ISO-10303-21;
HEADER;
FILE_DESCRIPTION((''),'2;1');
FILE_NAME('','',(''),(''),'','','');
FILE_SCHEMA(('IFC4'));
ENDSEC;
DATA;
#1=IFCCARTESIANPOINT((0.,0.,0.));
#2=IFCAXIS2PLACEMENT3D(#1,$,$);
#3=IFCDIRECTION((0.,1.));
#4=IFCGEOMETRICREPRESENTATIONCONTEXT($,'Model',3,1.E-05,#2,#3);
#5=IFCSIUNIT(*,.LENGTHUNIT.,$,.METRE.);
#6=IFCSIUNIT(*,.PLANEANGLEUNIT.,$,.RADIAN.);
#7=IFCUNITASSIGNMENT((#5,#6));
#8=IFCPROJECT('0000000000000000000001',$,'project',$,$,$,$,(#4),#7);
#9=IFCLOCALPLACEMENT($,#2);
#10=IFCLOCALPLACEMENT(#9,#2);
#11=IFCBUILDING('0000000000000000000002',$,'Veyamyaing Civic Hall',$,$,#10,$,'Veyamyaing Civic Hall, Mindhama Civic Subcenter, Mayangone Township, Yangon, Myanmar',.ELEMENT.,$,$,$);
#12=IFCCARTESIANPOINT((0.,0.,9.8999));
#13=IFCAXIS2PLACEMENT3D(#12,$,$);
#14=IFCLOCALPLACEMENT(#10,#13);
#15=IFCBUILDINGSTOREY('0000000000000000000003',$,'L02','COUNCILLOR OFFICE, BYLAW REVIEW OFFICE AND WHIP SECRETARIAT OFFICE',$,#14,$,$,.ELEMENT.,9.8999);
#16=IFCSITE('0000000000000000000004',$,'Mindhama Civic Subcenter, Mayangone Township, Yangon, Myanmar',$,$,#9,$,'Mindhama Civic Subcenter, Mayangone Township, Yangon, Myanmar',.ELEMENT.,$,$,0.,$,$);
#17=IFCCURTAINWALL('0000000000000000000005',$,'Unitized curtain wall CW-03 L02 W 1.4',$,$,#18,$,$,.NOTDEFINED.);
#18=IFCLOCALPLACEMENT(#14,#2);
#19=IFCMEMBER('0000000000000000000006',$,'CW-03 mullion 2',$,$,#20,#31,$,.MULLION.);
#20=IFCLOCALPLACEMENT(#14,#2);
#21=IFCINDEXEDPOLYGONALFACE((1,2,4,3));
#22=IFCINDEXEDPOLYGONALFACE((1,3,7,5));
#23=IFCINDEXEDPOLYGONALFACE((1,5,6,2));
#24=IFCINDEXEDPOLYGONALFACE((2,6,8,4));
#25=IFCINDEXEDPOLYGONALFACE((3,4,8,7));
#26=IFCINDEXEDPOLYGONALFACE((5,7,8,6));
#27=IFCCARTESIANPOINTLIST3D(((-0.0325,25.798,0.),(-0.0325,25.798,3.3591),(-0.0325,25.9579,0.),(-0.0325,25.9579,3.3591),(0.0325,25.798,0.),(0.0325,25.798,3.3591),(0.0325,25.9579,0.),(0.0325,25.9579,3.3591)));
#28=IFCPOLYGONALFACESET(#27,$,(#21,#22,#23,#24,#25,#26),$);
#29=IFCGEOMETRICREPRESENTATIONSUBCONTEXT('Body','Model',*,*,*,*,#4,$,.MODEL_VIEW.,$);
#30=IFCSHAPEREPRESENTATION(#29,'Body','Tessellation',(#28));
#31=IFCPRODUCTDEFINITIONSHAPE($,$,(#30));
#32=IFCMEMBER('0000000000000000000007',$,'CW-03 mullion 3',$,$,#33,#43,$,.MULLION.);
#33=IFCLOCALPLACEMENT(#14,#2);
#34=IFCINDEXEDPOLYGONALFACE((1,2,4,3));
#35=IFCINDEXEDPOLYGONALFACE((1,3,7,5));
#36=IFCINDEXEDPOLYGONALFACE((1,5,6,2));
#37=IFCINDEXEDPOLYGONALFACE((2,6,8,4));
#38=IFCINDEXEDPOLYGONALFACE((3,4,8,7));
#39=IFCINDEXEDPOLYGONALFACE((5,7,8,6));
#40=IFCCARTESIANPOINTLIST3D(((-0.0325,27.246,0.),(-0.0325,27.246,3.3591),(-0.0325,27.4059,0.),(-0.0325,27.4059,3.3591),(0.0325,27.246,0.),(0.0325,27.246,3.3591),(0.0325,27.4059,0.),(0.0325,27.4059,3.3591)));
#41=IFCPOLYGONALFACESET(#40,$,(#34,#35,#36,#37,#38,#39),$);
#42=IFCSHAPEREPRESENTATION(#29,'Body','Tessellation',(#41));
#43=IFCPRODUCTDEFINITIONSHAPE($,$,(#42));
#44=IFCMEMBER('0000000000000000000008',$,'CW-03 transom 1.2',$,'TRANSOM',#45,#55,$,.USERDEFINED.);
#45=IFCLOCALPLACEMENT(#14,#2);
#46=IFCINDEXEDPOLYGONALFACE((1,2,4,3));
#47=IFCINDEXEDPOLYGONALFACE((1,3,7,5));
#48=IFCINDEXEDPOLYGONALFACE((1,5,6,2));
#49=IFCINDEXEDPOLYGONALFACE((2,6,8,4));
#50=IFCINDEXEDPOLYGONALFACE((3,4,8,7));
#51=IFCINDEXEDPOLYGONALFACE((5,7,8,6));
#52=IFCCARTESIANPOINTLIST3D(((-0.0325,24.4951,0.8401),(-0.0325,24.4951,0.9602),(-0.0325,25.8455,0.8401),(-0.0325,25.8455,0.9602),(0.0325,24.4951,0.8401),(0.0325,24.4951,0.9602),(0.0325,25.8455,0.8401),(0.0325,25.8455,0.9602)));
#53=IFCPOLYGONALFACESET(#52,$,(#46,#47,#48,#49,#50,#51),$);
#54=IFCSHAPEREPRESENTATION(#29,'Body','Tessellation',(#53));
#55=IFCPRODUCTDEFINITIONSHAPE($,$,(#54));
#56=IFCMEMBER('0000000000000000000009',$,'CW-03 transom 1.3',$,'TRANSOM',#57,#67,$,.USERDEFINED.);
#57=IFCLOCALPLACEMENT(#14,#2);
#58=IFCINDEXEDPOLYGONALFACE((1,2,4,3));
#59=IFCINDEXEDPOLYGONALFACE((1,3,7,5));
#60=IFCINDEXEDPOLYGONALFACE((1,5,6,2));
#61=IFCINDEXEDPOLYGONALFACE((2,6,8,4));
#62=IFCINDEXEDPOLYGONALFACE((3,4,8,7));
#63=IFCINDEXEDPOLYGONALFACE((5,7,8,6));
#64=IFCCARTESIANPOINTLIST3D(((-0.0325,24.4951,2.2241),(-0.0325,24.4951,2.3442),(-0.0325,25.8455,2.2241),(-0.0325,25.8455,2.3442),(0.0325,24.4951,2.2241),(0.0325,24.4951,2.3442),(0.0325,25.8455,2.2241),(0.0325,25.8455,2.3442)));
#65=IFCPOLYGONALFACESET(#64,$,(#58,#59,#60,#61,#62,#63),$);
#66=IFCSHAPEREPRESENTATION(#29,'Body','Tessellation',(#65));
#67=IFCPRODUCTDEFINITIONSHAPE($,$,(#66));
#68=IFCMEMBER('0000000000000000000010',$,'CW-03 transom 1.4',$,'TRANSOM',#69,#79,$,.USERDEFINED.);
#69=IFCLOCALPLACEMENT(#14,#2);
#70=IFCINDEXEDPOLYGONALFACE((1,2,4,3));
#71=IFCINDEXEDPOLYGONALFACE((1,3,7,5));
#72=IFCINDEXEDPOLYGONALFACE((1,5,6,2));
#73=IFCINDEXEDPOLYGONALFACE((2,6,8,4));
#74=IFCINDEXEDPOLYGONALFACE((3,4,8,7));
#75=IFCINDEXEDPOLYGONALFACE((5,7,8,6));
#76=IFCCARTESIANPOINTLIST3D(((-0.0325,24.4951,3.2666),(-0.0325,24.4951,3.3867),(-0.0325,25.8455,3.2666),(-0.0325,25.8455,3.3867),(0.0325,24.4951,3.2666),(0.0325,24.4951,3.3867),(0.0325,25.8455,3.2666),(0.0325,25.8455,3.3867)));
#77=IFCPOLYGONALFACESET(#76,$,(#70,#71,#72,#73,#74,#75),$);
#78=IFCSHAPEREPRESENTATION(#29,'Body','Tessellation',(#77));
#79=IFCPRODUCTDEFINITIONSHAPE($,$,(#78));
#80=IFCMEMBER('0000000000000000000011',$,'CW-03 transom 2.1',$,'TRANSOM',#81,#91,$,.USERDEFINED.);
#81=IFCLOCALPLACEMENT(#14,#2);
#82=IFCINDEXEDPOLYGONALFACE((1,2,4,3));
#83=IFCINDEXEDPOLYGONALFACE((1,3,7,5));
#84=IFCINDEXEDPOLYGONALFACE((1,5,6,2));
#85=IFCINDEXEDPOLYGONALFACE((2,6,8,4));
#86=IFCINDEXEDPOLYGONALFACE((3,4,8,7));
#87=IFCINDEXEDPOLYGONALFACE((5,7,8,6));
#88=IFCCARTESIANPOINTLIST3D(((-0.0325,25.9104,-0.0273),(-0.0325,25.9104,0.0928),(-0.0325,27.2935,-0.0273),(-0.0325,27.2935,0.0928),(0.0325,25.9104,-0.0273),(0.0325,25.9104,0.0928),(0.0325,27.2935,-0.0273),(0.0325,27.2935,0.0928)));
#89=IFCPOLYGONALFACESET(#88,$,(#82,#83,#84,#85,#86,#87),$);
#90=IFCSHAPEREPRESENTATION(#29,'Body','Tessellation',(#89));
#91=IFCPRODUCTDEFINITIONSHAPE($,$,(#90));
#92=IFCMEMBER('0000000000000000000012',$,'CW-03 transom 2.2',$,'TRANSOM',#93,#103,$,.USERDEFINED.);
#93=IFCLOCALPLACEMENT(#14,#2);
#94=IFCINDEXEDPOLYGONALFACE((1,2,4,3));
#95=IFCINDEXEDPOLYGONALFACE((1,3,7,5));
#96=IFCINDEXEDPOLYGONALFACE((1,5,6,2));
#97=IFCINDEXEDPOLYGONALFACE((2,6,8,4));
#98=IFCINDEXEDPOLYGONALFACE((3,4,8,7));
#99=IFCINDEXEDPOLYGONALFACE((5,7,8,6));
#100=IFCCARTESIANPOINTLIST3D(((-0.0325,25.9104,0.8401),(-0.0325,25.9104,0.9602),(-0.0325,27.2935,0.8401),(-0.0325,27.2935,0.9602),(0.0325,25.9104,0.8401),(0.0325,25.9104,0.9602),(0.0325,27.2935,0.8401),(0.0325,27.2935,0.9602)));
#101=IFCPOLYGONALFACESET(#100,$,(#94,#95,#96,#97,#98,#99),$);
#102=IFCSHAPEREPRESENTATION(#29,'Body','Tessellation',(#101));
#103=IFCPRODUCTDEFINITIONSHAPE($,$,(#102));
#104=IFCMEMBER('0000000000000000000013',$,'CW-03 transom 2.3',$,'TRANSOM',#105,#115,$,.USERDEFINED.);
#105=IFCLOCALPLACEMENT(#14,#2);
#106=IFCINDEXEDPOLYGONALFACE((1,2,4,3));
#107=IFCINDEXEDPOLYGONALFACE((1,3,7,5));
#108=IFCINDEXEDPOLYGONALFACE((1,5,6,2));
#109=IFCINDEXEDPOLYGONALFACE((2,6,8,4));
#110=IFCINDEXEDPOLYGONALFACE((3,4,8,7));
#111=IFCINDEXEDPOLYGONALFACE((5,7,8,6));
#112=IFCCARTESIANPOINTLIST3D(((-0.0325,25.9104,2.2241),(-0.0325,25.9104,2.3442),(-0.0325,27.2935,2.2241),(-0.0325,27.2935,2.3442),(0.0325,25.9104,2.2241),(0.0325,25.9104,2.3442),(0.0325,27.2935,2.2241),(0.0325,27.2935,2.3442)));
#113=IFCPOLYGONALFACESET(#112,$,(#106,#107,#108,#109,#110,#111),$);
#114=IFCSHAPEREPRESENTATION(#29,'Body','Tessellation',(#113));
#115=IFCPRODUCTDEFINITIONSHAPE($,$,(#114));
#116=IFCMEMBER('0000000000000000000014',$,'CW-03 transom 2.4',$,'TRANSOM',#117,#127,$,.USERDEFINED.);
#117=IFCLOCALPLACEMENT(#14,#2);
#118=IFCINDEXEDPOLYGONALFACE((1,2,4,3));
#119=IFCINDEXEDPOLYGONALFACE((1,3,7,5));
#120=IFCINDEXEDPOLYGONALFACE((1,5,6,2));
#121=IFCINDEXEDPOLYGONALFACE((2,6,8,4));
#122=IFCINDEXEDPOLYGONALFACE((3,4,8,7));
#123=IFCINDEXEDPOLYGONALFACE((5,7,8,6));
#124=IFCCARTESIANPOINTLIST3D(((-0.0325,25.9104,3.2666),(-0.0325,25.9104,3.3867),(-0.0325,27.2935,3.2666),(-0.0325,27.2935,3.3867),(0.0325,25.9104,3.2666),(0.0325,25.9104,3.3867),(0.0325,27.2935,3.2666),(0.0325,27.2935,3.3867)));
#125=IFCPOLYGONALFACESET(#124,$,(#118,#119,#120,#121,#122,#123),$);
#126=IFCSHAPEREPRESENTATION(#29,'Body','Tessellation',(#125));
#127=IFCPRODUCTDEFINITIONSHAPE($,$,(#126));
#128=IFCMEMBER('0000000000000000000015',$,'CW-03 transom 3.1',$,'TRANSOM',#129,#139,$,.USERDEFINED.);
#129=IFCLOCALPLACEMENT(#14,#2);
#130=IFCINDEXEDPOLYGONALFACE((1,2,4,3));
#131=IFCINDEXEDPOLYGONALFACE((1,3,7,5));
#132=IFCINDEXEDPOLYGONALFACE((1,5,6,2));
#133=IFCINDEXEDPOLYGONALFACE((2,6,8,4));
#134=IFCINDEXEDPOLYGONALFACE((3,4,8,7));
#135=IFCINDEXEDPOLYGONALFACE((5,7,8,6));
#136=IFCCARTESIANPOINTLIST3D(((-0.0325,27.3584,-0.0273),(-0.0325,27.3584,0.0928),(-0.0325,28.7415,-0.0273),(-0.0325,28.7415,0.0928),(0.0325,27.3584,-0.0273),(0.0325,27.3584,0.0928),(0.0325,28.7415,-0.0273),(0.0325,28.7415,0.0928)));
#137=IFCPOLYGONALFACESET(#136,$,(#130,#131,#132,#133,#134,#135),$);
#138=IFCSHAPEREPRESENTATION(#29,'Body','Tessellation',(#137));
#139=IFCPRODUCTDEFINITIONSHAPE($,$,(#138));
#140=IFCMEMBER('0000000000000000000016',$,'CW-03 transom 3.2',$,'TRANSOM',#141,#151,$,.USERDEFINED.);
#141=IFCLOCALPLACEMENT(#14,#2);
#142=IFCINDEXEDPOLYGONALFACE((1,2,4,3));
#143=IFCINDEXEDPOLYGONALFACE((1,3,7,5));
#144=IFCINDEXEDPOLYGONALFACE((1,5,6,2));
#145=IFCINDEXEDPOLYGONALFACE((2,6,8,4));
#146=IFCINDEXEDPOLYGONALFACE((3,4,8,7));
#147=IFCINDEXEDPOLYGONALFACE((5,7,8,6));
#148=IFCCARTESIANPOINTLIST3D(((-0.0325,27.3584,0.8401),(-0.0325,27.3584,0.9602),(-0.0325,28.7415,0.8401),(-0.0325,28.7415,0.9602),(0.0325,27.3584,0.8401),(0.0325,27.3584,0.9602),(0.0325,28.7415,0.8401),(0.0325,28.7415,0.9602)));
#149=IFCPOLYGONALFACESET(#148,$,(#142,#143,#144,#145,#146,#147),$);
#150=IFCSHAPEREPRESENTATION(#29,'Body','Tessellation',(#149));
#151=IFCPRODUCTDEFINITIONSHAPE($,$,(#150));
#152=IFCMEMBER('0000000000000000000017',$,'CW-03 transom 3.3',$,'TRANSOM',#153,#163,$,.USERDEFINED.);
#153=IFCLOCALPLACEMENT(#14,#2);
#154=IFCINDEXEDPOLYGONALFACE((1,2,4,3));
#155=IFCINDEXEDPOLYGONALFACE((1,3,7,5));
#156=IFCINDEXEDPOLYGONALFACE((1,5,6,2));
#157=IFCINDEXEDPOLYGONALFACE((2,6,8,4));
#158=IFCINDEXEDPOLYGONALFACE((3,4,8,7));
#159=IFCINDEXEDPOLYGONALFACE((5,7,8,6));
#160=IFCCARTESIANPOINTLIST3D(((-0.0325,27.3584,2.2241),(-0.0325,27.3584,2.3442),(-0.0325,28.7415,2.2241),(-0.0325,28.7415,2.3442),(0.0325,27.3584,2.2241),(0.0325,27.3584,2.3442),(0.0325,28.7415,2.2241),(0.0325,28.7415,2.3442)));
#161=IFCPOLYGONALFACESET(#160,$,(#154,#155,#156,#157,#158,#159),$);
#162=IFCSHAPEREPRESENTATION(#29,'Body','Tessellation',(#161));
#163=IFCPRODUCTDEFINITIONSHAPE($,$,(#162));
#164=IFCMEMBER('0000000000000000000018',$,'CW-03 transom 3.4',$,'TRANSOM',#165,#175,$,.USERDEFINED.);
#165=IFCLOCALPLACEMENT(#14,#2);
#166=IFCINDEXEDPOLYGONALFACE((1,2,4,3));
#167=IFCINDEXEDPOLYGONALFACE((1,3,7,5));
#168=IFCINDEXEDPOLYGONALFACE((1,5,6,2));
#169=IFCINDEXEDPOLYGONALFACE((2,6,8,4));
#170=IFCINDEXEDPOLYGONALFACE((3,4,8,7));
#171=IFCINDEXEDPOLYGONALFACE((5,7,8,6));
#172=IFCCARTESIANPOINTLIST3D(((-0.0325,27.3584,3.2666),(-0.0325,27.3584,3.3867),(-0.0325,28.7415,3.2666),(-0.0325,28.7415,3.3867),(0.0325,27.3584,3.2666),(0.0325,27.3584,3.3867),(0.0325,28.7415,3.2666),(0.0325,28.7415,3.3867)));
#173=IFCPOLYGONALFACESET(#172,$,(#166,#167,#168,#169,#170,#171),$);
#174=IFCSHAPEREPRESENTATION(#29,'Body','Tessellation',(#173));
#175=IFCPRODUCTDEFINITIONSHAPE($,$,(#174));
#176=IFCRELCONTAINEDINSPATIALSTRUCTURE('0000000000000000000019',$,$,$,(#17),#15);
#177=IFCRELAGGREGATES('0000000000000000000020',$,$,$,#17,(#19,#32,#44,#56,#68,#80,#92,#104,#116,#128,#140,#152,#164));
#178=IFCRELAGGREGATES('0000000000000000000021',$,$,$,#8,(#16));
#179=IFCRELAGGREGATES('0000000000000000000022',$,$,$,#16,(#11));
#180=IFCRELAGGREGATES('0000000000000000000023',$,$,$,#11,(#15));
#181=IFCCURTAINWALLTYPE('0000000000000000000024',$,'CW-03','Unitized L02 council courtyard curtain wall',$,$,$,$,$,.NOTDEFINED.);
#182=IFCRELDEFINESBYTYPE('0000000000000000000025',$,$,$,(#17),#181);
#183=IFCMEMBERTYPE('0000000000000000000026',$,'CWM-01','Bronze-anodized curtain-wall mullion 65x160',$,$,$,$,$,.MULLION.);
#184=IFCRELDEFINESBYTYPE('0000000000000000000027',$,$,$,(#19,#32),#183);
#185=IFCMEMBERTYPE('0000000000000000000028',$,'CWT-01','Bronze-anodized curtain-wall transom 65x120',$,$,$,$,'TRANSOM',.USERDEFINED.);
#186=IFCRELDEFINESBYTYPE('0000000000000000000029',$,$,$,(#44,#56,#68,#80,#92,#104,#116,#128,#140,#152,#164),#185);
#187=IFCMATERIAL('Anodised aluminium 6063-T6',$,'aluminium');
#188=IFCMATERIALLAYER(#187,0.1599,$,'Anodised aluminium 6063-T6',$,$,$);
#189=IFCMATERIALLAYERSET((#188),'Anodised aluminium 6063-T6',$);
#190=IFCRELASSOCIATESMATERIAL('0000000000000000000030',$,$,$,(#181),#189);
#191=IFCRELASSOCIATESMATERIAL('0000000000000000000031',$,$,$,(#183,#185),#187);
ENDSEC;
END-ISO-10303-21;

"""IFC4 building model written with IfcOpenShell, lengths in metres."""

from ifc_helpers import new_model, si_unit, direction, frame, origin, origin_2d, place, context, subcontext, project, spatial, rectangle, extrude, material, layer, layer_set, material_profile, profile_set, type_object, element, aggregate, save


model = new_model("IFC4")

# Units and contexts
model_context = context("Model", 3, precision=1e-05, world=origin(), true_north=direction((0.0, 1.0)))
body_context = subcontext(model_context, "Body", "Model", "MODEL_VIEW")
ifc_project = project(units=[si_unit("LENGTHUNIT", "METRE"), si_unit("PLANEANGLEUNIT", "RADIAN")], contexts=[model_context])

# Site, building, storey
site_placement = place(None, origin())
site = spatial("IfcSite", under=ifc_project, at=site_placement, Name="Mindhama Civic Subcenter, Mayangone Township, Yangon, Myanmar", LongName="Mindhama Civic Subcenter, Mayangone Township, Yangon, Myanmar", CompositionType="ELEMENT", RefElevation=0.0)
building_placement = place(site_placement, origin())
building = spatial("IfcBuilding", under=site, at=building_placement, Name="Veyamyaing Civic Hall", LongName="Veyamyaing Civic Hall, Mindhama Civic Subcenter, Mayangone Township, Yangon, Myanmar", CompositionType="ELEMENT")
storey_placement = place(building_placement, frame((0.0, 0.0, 9.8999)))
storey = spatial("IfcBuildingStorey", under=building, at=storey_placement, Name="L02", Description="COUNCILLOR OFFICE, BYLAW REVIEW OFFICE AND WHIP SECRETARIAT OFFICE", CompositionType="ELEMENT", Elevation=9.8999)

# Curtain wall, members
ifc_material_1 = material(Name="Anodised aluminium 6063-T6", Category="aluminium")
ifc_layer_1 = layer(ifc_material_1, 0.1599, Name="Anodised aluminium 6063-T6")
ifc_layer_set_1 = layer_set([ifc_layer_1], Name="Anodised aluminium 6063-T6")
curtain_wall_type = type_object("IfcCurtainWallType", Name="CW-03", Description="Unitized L02 council courtyard curtain wall", PredefinedType="NOTDEFINED", material=ifc_layer_set_1)
curtain_wall_placement = place(storey_placement, origin())
curtain_wall = element("IfcCurtainWall", 1, at=curtain_wall_placement, inside=storey, type_object=curtain_wall_type, Name="Unitized curtain wall CW-03 L02 W 1.4", PredefinedType="NOTDEFINED")
ifc_material_profile_1 = material_profile(ifc_material_1, rectangle(XDim=0.0649, YDim=0.1599, at=origin_2d()), Name="ALU-MUL-65X160")
ifc_profile_set_1 = profile_set([ifc_material_profile_1], Name="Anodised aluminium 6063-T6")
member_type_1 = type_object("IfcMemberType", Name="CWM-01", Description="Bronze-anodized curtain-wall mullion 65x160", PredefinedType="MULLION", material=ifc_profile_set_1)
member_1_placement = place(storey_placement, frame((0.0, 25.8779, 0.0), z_axis=(0.0, 0.0, 1.0), x_axis=(-1.0, 0.0, 0.0)))
member_1 = element("IfcMember", 2, at=member_1_placement, type_object=member_type_1, Name="CW-03 mullion 2", PredefinedType="MULLION", context=body_context, shape_type="SweptSolid", body=[
    extrude(rectangle(XDim=0.0649, YDim=0.1599, at=origin_2d()), origin(), (0.0, 0.0, 1.0), 3.3591),
])
member_2_placement = place(storey_placement, frame((0.0, 27.3259, 0.0), z_axis=(0.0, 0.0, 1.0), x_axis=(-1.0, 0.0, 0.0)))
member_2 = element("IfcMember", 3, at=member_2_placement, type_object=member_type_1, Name="CW-03 mullion 3", PredefinedType="MULLION", context=body_context, shape_type="SweptSolid", body=[
    extrude(rectangle(XDim=0.0649, YDim=0.1599, at=origin_2d()), origin(), (0.0, 0.0, 1.0), 3.3591),
])
ifc_material_profile_2 = material_profile(ifc_material_1, rectangle(XDim=0.0649, YDim=0.1201, at=origin_2d()), Name="ALU-TRN-65X120")
ifc_profile_set_2 = profile_set([ifc_material_profile_2], Name="Anodised aluminium 6063-T6")
member_type_2 = type_object("IfcMemberType", Name="CWT-01", Description="Bronze-anodized curtain-wall transom 65x120", ElementType="TRANSOM", PredefinedType="USERDEFINED", material=ifc_profile_set_2)
member_3_placement = place(storey_placement, frame((0.0, 24.4951, 0.9001), z_axis=(0.0, 1.0, 0.0), x_axis=(-1.0, 0.0, 0.0)))
member_3 = element("IfcMember", 4, at=member_3_placement, type_object=member_type_2, Name="CW-03 transom 1.2", ObjectType="TRANSOM", PredefinedType="USERDEFINED", context=body_context, shape_type="SweptSolid", body=[
    extrude(rectangle(XDim=0.0649, YDim=0.1201, at=origin_2d()), origin(), (0.0, 0.0, 1.0), 1.3503),
])
member_4_placement = place(storey_placement, frame((0.0, 24.4951, 2.2842), z_axis=(0.0, 1.0, 0.0), x_axis=(-1.0, 0.0, 0.0)))
member_4 = element("IfcMember", 5, at=member_4_placement, type_object=member_type_2, Name="CW-03 transom 1.3", ObjectType="TRANSOM", PredefinedType="USERDEFINED", context=body_context, shape_type="SweptSolid", body=[
    extrude(rectangle(XDim=0.0649, YDim=0.1201, at=origin_2d()), origin(), (0.0, 0.0, 1.0), 1.3503),
])
member_5_placement = place(storey_placement, frame((0.0, 24.4951, 3.3267), z_axis=(0.0, 1.0, 0.0), x_axis=(-1.0, 0.0, 0.0)))
member_5 = element("IfcMember", 6, at=member_5_placement, type_object=member_type_2, Name="CW-03 transom 1.4", ObjectType="TRANSOM", PredefinedType="USERDEFINED", context=body_context, shape_type="SweptSolid", body=[
    extrude(rectangle(XDim=0.0649, YDim=0.1201, at=origin_2d()), origin(), (0.0, 0.0, 1.0), 1.3503),
])
member_6_placement = place(storey_placement, frame((0.0, 25.9104, 0.0327), z_axis=(0.0, 1.0, 0.0), x_axis=(-1.0, 0.0, 0.0)))
member_6 = element("IfcMember", 7, at=member_6_placement, type_object=member_type_2, Name="CW-03 transom 2.1", ObjectType="TRANSOM", PredefinedType="USERDEFINED", context=body_context, shape_type="SweptSolid", body=[
    extrude(rectangle(XDim=0.0649, YDim=0.1201, at=origin_2d()), origin(), (0.0, 0.0, 1.0), 1.3831),
])
member_7_placement = place(storey_placement, frame((0.0, 25.9104, 0.9001), z_axis=(0.0, 1.0, 0.0), x_axis=(-1.0, 0.0, 0.0)))
member_7 = element("IfcMember", 8, at=member_7_placement, type_object=member_type_2, Name="CW-03 transom 2.2", ObjectType="TRANSOM", PredefinedType="USERDEFINED", context=body_context, shape_type="SweptSolid", body=[
    extrude(rectangle(XDim=0.0649, YDim=0.1201, at=origin_2d()), origin(), (0.0, 0.0, 1.0), 1.3831),
])
member_8_placement = place(storey_placement, frame((0.0, 25.9104, 2.2842), z_axis=(0.0, 1.0, 0.0), x_axis=(-1.0, 0.0, 0.0)))
member_8 = element("IfcMember", 9, at=member_8_placement, type_object=member_type_2, Name="CW-03 transom 2.3", ObjectType="TRANSOM", PredefinedType="USERDEFINED", context=body_context, shape_type="SweptSolid", body=[
    extrude(rectangle(XDim=0.0649, YDim=0.1201, at=origin_2d()), origin(), (0.0, 0.0, 1.0), 1.3831),
])
member_9_placement = place(storey_placement, frame((0.0, 25.9104, 3.3267), z_axis=(0.0, 1.0, 0.0), x_axis=(-1.0, 0.0, 0.0)))
member_9 = element("IfcMember", 10, at=member_9_placement, type_object=member_type_2, Name="CW-03 transom 2.4", ObjectType="TRANSOM", PredefinedType="USERDEFINED", context=body_context, shape_type="SweptSolid", body=[
    extrude(rectangle(XDim=0.0649, YDim=0.1201, at=origin_2d()), origin(), (0.0, 0.0, 1.0), 1.3831),
])
member_10_placement = place(storey_placement, frame((0.0, 27.3584, 0.0327), z_axis=(0.0, 1.0, 0.0), x_axis=(-1.0, 0.0, 0.0)))
member_10 = element("IfcMember", 11, at=member_10_placement, type_object=member_type_2, Name="CW-03 transom 3.1", ObjectType="TRANSOM", PredefinedType="USERDEFINED", context=body_context, shape_type="SweptSolid", body=[
    extrude(rectangle(XDim=0.0649, YDim=0.1201, at=origin_2d()), origin(), (0.0, 0.0, 1.0), 1.3831),
])
member_11_placement = place(storey_placement, frame((0.0, 27.3584, 0.9001), z_axis=(0.0, 1.0, 0.0), x_axis=(-1.0, 0.0, 0.0)))
member_11 = element("IfcMember", 12, at=member_11_placement, type_object=member_type_2, Name="CW-03 transom 3.2", ObjectType="TRANSOM", PredefinedType="USERDEFINED", context=body_context, shape_type="SweptSolid", body=[
    extrude(rectangle(XDim=0.0649, YDim=0.1201, at=origin_2d()), origin(), (0.0, 0.0, 1.0), 1.3831),
])
member_12_placement = place(storey_placement, frame((0.0, 27.3584, 2.2842), z_axis=(0.0, 1.0, 0.0), x_axis=(-1.0, 0.0, 0.0)))
member_12 = element("IfcMember", 13, at=member_12_placement, type_object=member_type_2, Name="CW-03 transom 3.3", ObjectType="TRANSOM", PredefinedType="USERDEFINED", context=body_context, shape_type="SweptSolid", body=[
    extrude(rectangle(XDim=0.0649, YDim=0.1201, at=origin_2d()), origin(), (0.0, 0.0, 1.0), 1.3831),
])
member_13_placement = place(storey_placement, frame((0.0, 27.3584, 3.3267), z_axis=(0.0, 1.0, 0.0), x_axis=(-1.0, 0.0, 0.0)))
member_13 = element("IfcMember", 14, at=member_13_placement, type_object=member_type_2, Name="CW-03 transom 3.4", ObjectType="TRANSOM", PredefinedType="USERDEFINED", context=body_context, shape_type="SweptSolid", body=[
    extrude(rectangle(XDim=0.0649, YDim=0.1201, at=origin_2d()), origin(), (0.0, 0.0, 1.0), 1.3831),
])

aggregate(curtain_wall, [member_1, member_2, member_3, member_4, member_5, member_6, member_7, member_8, member_9, member_10, member_11, member_12, member_13])

save(model, "model.ifc")
